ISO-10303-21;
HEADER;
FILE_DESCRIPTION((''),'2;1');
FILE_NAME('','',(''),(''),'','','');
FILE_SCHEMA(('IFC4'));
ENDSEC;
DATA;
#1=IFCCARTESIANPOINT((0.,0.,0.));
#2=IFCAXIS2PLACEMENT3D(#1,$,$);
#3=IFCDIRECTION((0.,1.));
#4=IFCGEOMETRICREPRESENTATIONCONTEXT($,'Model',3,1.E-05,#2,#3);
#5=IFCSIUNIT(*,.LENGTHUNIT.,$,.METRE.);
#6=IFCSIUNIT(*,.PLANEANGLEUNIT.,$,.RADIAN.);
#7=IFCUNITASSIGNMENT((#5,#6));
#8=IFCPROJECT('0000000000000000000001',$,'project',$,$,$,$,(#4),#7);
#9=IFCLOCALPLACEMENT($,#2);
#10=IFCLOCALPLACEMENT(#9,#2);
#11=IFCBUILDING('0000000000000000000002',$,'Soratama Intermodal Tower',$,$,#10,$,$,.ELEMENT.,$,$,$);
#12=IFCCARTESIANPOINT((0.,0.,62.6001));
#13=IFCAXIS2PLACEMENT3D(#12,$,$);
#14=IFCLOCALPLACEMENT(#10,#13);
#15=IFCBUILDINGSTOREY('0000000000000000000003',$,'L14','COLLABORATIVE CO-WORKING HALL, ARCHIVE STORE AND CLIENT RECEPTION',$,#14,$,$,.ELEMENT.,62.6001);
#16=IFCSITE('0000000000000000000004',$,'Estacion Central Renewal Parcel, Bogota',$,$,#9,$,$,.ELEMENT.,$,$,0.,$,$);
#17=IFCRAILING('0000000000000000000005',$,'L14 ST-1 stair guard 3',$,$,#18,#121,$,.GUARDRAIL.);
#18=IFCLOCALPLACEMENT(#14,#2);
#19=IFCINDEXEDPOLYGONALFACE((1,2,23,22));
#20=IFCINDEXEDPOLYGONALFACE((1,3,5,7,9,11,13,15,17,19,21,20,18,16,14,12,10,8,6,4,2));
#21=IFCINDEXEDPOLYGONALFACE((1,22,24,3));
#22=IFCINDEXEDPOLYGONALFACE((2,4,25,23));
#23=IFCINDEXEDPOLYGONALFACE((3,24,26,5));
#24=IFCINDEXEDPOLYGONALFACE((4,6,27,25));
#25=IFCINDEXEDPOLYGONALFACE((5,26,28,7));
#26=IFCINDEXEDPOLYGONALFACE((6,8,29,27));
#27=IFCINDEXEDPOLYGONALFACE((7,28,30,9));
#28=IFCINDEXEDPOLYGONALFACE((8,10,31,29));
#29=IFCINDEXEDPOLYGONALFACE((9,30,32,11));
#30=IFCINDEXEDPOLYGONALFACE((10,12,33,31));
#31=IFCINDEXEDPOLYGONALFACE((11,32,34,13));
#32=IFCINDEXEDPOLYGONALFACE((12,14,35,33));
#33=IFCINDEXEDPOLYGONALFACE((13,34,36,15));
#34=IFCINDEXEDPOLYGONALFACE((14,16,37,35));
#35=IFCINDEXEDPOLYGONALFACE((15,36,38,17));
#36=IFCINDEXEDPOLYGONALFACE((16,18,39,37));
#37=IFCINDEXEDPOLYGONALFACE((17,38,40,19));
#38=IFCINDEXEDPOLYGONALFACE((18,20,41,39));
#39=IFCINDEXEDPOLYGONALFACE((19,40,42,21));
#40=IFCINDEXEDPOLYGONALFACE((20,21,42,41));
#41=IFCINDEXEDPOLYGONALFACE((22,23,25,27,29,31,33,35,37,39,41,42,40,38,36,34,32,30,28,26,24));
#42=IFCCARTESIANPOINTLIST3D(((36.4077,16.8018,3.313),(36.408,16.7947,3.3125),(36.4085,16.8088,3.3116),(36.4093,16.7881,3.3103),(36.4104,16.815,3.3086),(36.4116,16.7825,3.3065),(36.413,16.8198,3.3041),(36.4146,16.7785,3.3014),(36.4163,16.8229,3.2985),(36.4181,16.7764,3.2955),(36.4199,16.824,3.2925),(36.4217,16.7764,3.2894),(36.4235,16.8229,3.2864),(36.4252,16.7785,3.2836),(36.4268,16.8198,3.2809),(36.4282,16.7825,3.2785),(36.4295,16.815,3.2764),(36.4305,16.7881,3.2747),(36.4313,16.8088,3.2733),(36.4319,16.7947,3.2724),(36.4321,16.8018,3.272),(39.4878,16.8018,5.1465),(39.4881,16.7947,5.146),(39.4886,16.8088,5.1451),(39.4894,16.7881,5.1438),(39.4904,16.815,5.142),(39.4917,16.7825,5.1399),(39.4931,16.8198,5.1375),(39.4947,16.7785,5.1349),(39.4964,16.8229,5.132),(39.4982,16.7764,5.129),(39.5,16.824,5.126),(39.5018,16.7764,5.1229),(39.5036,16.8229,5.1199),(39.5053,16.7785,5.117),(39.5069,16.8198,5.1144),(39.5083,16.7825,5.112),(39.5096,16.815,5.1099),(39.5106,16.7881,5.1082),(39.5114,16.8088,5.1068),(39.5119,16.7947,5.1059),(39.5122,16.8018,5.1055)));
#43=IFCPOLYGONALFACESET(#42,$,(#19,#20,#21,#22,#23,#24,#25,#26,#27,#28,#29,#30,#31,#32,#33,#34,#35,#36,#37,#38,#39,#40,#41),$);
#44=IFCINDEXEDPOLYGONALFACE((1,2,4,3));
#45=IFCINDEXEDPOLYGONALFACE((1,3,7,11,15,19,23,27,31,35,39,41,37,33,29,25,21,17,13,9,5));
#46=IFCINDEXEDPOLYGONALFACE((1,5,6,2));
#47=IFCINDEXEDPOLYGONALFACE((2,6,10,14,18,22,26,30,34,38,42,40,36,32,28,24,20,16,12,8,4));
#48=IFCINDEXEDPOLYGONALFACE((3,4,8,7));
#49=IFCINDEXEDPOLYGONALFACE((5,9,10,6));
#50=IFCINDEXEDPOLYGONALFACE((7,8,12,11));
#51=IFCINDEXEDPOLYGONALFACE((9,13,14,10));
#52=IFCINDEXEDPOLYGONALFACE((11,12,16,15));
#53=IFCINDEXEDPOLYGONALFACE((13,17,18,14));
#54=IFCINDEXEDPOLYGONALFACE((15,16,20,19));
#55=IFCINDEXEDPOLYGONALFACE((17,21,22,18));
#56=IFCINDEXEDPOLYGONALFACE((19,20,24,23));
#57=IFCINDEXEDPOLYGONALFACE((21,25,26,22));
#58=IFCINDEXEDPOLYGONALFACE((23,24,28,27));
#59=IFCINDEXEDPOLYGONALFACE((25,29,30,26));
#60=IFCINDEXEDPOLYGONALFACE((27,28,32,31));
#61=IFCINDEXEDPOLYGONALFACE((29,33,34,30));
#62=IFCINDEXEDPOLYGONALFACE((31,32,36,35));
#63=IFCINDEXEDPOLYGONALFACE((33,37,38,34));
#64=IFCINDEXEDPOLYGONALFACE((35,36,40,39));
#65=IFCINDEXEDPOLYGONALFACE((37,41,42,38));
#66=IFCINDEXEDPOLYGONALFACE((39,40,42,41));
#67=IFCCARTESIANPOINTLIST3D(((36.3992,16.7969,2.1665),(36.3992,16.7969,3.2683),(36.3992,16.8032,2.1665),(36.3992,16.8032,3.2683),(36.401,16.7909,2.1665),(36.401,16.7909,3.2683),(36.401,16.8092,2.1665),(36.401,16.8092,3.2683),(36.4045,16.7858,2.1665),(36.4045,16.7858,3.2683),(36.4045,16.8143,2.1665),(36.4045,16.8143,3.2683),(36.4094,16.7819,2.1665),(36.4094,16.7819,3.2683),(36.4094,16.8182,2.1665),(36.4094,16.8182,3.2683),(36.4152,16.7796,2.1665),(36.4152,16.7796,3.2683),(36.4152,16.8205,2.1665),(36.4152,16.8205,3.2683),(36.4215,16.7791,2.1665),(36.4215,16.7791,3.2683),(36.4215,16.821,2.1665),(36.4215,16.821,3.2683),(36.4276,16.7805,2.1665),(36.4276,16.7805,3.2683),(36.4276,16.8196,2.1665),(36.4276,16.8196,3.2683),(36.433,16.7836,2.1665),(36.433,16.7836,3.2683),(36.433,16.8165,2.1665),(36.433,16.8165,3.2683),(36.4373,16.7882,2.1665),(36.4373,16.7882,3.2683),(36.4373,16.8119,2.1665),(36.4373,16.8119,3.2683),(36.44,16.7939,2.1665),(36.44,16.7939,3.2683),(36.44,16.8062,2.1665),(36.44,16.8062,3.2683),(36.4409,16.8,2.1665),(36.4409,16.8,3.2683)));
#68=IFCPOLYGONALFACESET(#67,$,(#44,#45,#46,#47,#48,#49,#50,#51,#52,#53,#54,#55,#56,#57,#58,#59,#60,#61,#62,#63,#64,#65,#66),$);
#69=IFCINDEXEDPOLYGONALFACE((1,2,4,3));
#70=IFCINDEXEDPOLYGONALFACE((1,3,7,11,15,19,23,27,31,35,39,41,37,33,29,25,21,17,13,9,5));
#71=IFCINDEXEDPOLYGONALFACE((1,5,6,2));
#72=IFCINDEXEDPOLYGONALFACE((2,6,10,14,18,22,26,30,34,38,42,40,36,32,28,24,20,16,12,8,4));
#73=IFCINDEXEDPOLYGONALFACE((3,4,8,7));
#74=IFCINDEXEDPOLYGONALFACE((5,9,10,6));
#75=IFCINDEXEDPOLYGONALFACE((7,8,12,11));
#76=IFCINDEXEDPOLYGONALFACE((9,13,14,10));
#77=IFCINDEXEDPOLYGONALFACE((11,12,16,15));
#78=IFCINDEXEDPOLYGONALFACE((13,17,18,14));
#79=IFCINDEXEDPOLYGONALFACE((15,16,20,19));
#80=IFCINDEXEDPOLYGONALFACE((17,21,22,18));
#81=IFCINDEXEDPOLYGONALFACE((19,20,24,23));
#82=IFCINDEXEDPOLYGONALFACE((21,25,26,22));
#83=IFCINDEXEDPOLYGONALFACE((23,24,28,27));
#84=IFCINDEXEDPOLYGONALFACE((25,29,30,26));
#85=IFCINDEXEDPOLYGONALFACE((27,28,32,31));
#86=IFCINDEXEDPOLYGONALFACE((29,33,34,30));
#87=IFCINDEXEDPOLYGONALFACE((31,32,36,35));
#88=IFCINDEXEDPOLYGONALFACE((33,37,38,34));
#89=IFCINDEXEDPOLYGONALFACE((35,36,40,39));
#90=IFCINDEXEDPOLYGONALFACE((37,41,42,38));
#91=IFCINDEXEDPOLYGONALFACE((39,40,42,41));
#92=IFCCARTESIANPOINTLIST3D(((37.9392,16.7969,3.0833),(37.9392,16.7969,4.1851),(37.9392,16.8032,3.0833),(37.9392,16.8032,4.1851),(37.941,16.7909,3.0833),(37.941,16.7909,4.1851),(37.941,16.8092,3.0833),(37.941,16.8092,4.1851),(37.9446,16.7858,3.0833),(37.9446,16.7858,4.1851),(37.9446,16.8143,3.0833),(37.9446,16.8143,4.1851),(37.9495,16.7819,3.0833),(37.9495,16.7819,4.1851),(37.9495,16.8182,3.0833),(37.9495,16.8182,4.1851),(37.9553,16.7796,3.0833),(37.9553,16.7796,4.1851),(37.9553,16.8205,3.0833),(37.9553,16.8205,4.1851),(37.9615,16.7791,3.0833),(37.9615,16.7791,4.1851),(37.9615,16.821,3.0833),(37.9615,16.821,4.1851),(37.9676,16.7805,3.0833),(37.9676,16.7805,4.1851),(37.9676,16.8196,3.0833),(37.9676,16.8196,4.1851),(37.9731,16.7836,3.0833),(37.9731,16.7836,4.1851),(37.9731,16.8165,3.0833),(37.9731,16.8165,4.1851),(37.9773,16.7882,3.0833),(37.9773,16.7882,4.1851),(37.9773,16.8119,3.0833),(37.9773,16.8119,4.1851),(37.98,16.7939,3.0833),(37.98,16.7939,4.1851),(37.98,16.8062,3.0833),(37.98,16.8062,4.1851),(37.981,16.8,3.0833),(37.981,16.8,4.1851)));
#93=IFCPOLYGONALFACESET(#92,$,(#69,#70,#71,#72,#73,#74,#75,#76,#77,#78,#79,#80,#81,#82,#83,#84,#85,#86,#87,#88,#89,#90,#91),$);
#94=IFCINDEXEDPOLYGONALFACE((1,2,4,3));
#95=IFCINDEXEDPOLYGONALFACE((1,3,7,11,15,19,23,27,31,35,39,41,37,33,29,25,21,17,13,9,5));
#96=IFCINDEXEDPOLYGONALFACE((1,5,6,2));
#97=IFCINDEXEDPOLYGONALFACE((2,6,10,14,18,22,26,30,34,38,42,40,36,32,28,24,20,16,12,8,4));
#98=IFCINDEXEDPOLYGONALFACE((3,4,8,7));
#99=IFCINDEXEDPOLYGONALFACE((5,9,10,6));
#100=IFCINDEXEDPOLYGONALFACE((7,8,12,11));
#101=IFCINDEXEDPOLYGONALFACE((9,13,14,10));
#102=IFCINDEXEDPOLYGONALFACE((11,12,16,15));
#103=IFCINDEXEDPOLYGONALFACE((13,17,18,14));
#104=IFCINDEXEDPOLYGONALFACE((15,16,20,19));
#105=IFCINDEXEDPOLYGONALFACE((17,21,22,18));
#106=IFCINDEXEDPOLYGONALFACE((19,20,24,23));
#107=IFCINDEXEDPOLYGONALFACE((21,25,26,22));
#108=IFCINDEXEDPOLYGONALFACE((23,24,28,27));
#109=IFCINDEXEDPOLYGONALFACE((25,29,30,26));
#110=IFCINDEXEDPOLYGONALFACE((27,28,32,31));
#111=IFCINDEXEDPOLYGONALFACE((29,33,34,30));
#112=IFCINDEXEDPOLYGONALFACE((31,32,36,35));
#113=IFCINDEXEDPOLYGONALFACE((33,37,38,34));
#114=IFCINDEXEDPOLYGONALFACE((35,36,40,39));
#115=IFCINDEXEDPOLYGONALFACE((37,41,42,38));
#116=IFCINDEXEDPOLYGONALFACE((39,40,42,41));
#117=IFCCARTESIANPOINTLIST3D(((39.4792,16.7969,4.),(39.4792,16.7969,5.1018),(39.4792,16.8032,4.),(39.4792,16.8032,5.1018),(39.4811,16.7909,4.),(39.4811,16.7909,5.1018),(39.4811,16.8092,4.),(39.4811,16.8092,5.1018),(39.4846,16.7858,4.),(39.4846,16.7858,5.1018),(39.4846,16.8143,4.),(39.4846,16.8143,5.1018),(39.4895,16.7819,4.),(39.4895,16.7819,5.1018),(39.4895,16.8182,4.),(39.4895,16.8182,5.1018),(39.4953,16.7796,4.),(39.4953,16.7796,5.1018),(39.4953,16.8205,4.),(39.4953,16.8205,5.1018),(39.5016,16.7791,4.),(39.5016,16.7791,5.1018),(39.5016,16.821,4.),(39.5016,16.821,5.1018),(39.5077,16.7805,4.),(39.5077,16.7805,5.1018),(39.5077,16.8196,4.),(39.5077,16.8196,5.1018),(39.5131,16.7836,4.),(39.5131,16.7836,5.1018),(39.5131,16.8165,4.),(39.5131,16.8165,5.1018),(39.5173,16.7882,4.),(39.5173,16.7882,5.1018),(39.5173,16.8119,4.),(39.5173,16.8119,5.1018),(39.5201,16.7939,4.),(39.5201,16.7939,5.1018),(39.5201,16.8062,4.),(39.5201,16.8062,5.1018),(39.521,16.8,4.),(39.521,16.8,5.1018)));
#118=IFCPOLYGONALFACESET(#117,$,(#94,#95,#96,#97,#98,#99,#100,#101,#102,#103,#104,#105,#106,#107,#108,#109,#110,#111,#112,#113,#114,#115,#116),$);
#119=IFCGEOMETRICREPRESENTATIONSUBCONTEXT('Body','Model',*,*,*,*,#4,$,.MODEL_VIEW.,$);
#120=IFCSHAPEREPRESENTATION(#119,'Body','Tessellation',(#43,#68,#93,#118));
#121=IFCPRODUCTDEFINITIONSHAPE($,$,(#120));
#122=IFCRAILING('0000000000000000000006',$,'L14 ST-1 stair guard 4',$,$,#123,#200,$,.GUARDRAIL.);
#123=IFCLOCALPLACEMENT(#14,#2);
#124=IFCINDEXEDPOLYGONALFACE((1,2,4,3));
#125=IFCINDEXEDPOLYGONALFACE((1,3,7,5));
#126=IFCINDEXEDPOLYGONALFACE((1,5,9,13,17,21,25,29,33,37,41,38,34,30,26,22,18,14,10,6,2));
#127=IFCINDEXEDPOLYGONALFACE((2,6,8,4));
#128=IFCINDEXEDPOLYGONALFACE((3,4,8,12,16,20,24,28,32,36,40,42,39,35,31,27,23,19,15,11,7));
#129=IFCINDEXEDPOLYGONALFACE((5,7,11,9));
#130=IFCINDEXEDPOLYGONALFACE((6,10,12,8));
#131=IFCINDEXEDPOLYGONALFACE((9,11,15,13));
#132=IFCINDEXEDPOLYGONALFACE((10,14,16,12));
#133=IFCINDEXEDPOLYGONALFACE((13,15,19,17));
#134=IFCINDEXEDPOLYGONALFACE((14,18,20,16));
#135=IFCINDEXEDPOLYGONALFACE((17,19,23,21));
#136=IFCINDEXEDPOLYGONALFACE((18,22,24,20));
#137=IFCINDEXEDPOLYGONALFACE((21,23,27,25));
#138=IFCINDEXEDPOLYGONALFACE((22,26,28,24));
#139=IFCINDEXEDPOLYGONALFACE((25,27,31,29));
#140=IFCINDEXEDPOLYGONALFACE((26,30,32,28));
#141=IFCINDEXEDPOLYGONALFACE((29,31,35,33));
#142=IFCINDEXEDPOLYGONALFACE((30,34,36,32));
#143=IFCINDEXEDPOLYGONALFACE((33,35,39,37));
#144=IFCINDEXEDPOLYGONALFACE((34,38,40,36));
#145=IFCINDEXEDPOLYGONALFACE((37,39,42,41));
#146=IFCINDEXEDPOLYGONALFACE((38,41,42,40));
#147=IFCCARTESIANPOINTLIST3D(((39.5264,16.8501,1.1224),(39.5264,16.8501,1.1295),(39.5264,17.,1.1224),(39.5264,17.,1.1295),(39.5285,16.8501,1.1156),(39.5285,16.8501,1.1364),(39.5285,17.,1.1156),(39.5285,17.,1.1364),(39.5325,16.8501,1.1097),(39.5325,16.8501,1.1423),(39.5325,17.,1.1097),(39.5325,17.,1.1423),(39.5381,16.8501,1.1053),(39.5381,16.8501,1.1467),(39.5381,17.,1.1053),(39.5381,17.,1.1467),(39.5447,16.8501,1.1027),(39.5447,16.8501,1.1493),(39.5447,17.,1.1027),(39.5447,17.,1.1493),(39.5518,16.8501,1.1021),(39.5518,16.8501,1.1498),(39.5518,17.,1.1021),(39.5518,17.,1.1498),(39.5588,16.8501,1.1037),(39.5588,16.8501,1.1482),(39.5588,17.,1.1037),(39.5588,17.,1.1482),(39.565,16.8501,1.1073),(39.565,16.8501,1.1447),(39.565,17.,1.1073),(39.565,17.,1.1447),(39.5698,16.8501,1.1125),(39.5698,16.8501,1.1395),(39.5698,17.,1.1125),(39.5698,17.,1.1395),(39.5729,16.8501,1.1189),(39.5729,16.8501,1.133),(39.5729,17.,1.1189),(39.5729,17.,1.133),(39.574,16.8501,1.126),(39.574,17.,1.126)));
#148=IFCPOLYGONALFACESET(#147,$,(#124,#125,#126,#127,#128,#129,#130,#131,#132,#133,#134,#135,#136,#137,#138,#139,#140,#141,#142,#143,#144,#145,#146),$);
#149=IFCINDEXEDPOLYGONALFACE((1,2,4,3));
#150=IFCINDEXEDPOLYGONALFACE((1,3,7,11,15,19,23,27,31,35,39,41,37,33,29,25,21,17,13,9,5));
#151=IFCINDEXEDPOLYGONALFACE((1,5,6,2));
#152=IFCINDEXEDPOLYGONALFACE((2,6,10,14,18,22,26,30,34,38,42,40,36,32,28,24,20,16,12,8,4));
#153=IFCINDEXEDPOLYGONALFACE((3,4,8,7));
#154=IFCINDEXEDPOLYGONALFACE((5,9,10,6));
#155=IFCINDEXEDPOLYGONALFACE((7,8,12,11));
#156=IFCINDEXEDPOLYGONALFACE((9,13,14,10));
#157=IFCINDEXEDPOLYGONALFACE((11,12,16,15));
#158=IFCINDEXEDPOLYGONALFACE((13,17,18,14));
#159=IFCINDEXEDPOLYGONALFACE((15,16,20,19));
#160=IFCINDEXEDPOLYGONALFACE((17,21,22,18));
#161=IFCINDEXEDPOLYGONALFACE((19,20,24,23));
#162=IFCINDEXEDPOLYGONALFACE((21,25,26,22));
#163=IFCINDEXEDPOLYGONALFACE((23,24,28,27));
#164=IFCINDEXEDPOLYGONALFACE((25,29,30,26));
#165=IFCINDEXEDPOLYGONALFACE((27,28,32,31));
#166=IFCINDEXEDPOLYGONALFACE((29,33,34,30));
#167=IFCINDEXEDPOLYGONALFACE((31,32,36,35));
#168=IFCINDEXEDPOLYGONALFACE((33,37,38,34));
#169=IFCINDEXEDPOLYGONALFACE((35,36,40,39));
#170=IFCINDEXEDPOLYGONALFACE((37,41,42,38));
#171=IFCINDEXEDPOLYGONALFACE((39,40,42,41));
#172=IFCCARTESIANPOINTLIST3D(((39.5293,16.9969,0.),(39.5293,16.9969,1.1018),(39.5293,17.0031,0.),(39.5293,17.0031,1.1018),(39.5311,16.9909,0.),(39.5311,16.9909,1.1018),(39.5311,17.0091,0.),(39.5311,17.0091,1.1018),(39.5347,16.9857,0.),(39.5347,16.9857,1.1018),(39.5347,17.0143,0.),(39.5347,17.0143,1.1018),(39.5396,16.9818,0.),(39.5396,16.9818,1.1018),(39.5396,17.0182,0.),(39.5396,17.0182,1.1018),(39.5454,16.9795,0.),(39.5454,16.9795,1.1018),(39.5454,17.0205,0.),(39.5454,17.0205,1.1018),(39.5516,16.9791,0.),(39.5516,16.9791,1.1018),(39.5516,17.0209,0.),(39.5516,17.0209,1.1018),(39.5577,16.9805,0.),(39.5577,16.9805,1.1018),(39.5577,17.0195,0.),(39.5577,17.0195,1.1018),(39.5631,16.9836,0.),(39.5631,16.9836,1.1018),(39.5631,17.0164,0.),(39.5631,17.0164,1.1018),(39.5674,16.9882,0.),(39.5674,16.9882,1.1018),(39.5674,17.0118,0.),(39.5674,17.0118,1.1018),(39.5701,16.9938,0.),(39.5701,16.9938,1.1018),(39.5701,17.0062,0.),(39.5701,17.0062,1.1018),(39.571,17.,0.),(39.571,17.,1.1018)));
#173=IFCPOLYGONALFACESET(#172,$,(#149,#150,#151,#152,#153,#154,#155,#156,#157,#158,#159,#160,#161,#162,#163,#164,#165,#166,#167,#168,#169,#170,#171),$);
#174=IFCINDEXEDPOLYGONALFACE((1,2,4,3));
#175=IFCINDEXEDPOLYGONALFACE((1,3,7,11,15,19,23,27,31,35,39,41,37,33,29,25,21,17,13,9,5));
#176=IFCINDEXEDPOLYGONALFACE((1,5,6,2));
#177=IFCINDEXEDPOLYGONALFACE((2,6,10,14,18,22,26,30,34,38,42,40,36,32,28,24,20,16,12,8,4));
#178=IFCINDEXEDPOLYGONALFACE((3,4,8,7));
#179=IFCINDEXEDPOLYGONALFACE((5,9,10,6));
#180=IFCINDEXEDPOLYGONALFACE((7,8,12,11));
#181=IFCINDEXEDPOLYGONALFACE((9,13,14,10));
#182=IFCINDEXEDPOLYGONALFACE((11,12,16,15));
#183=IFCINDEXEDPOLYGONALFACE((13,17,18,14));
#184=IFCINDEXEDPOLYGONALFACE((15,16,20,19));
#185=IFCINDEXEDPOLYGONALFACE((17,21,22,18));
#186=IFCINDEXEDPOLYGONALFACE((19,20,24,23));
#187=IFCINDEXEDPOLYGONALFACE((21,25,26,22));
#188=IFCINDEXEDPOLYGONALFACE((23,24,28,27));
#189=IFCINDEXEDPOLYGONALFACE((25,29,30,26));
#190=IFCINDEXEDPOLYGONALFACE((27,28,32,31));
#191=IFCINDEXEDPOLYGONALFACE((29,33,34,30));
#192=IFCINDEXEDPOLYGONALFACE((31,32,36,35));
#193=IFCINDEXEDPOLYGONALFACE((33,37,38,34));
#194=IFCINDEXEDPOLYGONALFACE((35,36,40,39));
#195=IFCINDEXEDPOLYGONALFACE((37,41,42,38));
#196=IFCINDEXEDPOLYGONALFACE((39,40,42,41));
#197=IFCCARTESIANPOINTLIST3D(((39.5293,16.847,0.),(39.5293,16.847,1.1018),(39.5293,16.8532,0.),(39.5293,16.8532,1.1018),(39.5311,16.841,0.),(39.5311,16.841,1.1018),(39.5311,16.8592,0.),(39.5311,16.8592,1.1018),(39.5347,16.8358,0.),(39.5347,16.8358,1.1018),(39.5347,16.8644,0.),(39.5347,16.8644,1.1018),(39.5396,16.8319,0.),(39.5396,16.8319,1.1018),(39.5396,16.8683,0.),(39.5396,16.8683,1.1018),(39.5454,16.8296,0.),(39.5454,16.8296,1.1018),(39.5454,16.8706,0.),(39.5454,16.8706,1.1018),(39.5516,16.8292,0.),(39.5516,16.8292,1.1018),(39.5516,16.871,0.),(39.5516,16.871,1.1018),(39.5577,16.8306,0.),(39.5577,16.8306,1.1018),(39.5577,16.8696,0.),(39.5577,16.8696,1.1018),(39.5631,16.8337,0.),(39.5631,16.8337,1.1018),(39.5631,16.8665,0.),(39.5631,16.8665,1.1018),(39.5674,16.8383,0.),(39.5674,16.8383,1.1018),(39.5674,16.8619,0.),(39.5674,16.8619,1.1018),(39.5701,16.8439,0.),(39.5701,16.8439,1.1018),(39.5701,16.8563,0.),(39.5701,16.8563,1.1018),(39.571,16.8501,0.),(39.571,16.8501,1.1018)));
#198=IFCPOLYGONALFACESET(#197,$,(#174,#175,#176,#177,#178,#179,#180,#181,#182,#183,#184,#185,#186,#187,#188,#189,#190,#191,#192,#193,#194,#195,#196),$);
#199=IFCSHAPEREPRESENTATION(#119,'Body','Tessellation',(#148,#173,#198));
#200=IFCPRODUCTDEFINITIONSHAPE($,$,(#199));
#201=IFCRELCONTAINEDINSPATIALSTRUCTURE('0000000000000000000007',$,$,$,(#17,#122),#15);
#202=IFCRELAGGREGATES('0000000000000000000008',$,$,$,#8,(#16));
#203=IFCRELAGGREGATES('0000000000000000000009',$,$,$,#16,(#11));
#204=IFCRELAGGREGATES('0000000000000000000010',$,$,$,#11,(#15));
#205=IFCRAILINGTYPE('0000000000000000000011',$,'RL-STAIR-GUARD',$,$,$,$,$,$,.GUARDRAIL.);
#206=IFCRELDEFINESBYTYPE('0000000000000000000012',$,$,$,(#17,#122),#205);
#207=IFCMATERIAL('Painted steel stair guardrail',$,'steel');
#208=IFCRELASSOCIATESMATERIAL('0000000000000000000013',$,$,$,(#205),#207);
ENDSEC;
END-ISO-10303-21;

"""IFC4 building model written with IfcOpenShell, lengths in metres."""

from ifc_helpers import new_model, si_unit, direction, frame, origin, origin_2d, place, context, subcontext, project, spatial, circle, extrude, material, type_object, element, save


model = new_model("IFC4")

# Units and contexts
model_context = context("Model", 3, precision=1e-05, world=origin(), true_north=direction((0.0, 1.0)))
body_context = subcontext(model_context, "Body", "Model", "MODEL_VIEW")
ifc_project = project(units=[si_unit("LENGTHUNIT", "METRE"), si_unit("PLANEANGLEUNIT", "RADIAN")], contexts=[model_context])

# Site, building, storey
site_placement = place(None, origin())
site = spatial("IfcSite", under=ifc_project, at=site_placement, Name="Estacion Central Renewal Parcel, Bogota", CompositionType="ELEMENT", RefElevation=0.0)
building_placement = place(site_placement, origin())
building = spatial("IfcBuilding", under=site, at=building_placement, Name="Soratama Intermodal Tower", CompositionType="ELEMENT")
storey_placement = place(building_placement, frame((0.0, 0.0, 62.6001)))
storey = spatial("IfcBuildingStorey", under=building, at=storey_placement, Name="L14", Description="COLLABORATIVE CO-WORKING HALL, ARCHIVE STORE AND CLIENT RECEPTION", CompositionType="ELEMENT", Elevation=62.6001)

# Railings
ifc_material_1 = material(Name="Painted steel stair guardrail", Category="steel")
railing_type_1 = type_object("IfcRailingType", Name="RL-STAIR-GUARD", PredefinedType="GUARDRAIL", material=ifc_material_1)
railing_1_placement = place(storey_placement, frame((36.4199, 16.8, 2.1665)))
element("IfcRailing", 1, at=railing_1_placement, inside=storey, type_object=railing_type_1, Name="L14 ST-1 stair guard 3", PredefinedType="GUARDRAIL", context=body_context, shape_type="SweptSolid", body=[
    extrude(circle(Radius=0.0239, at=origin_2d()), frame((0.0, 0.0, 1.126), z_axis=(0.859279, 0.0, 0.511508), x_axis=(0.0, 1.0, 0.0)), (0.0, 0.0, 1.0), 3.5845),
    extrude(circle(Radius=0.021, at=origin_2d()), origin(), (0.0, 0.0, 1.0), 1.1018),
    extrude(circle(Radius=0.021, at=origin_2d()), frame((1.54, 0.0, 0.9167)), (0.0, 0.0, 1.0), 1.1018),
    extrude(circle(Radius=0.021, at=origin_2d()), frame((3.0801, 0.0, 1.8335)), (0.0, 0.0, 1.0), 1.1018),
])
railing_2_placement = place(storey_placement, frame((39.55, 17.0, 0.0)))
element("IfcRailing", 2, at=railing_2_placement, inside=storey, type_object=railing_type_1, Name="L14 ST-1 stair guard 4", PredefinedType="GUARDRAIL", context=body_context, shape_type="SweptSolid", body=[
    extrude(circle(Radius=0.0239, at=origin_2d()), frame((0.0, 0.0, 1.126), z_axis=(0.0, -1.0, 0.0), x_axis=(1.0, 0.0, 0.0)), (0.0, 0.0, 1.0), 0.1499),
    extrude(circle(Radius=0.021, at=origin_2d()), origin(), (0.0, 0.0, 1.0), 1.1018),
    extrude(circle(Radius=0.021, at=origin_2d()), frame((0.0, -0.1499, 0.0)), (0.0, 0.0, 1.0), 1.1018),
])

save(model, "model.ifc")
